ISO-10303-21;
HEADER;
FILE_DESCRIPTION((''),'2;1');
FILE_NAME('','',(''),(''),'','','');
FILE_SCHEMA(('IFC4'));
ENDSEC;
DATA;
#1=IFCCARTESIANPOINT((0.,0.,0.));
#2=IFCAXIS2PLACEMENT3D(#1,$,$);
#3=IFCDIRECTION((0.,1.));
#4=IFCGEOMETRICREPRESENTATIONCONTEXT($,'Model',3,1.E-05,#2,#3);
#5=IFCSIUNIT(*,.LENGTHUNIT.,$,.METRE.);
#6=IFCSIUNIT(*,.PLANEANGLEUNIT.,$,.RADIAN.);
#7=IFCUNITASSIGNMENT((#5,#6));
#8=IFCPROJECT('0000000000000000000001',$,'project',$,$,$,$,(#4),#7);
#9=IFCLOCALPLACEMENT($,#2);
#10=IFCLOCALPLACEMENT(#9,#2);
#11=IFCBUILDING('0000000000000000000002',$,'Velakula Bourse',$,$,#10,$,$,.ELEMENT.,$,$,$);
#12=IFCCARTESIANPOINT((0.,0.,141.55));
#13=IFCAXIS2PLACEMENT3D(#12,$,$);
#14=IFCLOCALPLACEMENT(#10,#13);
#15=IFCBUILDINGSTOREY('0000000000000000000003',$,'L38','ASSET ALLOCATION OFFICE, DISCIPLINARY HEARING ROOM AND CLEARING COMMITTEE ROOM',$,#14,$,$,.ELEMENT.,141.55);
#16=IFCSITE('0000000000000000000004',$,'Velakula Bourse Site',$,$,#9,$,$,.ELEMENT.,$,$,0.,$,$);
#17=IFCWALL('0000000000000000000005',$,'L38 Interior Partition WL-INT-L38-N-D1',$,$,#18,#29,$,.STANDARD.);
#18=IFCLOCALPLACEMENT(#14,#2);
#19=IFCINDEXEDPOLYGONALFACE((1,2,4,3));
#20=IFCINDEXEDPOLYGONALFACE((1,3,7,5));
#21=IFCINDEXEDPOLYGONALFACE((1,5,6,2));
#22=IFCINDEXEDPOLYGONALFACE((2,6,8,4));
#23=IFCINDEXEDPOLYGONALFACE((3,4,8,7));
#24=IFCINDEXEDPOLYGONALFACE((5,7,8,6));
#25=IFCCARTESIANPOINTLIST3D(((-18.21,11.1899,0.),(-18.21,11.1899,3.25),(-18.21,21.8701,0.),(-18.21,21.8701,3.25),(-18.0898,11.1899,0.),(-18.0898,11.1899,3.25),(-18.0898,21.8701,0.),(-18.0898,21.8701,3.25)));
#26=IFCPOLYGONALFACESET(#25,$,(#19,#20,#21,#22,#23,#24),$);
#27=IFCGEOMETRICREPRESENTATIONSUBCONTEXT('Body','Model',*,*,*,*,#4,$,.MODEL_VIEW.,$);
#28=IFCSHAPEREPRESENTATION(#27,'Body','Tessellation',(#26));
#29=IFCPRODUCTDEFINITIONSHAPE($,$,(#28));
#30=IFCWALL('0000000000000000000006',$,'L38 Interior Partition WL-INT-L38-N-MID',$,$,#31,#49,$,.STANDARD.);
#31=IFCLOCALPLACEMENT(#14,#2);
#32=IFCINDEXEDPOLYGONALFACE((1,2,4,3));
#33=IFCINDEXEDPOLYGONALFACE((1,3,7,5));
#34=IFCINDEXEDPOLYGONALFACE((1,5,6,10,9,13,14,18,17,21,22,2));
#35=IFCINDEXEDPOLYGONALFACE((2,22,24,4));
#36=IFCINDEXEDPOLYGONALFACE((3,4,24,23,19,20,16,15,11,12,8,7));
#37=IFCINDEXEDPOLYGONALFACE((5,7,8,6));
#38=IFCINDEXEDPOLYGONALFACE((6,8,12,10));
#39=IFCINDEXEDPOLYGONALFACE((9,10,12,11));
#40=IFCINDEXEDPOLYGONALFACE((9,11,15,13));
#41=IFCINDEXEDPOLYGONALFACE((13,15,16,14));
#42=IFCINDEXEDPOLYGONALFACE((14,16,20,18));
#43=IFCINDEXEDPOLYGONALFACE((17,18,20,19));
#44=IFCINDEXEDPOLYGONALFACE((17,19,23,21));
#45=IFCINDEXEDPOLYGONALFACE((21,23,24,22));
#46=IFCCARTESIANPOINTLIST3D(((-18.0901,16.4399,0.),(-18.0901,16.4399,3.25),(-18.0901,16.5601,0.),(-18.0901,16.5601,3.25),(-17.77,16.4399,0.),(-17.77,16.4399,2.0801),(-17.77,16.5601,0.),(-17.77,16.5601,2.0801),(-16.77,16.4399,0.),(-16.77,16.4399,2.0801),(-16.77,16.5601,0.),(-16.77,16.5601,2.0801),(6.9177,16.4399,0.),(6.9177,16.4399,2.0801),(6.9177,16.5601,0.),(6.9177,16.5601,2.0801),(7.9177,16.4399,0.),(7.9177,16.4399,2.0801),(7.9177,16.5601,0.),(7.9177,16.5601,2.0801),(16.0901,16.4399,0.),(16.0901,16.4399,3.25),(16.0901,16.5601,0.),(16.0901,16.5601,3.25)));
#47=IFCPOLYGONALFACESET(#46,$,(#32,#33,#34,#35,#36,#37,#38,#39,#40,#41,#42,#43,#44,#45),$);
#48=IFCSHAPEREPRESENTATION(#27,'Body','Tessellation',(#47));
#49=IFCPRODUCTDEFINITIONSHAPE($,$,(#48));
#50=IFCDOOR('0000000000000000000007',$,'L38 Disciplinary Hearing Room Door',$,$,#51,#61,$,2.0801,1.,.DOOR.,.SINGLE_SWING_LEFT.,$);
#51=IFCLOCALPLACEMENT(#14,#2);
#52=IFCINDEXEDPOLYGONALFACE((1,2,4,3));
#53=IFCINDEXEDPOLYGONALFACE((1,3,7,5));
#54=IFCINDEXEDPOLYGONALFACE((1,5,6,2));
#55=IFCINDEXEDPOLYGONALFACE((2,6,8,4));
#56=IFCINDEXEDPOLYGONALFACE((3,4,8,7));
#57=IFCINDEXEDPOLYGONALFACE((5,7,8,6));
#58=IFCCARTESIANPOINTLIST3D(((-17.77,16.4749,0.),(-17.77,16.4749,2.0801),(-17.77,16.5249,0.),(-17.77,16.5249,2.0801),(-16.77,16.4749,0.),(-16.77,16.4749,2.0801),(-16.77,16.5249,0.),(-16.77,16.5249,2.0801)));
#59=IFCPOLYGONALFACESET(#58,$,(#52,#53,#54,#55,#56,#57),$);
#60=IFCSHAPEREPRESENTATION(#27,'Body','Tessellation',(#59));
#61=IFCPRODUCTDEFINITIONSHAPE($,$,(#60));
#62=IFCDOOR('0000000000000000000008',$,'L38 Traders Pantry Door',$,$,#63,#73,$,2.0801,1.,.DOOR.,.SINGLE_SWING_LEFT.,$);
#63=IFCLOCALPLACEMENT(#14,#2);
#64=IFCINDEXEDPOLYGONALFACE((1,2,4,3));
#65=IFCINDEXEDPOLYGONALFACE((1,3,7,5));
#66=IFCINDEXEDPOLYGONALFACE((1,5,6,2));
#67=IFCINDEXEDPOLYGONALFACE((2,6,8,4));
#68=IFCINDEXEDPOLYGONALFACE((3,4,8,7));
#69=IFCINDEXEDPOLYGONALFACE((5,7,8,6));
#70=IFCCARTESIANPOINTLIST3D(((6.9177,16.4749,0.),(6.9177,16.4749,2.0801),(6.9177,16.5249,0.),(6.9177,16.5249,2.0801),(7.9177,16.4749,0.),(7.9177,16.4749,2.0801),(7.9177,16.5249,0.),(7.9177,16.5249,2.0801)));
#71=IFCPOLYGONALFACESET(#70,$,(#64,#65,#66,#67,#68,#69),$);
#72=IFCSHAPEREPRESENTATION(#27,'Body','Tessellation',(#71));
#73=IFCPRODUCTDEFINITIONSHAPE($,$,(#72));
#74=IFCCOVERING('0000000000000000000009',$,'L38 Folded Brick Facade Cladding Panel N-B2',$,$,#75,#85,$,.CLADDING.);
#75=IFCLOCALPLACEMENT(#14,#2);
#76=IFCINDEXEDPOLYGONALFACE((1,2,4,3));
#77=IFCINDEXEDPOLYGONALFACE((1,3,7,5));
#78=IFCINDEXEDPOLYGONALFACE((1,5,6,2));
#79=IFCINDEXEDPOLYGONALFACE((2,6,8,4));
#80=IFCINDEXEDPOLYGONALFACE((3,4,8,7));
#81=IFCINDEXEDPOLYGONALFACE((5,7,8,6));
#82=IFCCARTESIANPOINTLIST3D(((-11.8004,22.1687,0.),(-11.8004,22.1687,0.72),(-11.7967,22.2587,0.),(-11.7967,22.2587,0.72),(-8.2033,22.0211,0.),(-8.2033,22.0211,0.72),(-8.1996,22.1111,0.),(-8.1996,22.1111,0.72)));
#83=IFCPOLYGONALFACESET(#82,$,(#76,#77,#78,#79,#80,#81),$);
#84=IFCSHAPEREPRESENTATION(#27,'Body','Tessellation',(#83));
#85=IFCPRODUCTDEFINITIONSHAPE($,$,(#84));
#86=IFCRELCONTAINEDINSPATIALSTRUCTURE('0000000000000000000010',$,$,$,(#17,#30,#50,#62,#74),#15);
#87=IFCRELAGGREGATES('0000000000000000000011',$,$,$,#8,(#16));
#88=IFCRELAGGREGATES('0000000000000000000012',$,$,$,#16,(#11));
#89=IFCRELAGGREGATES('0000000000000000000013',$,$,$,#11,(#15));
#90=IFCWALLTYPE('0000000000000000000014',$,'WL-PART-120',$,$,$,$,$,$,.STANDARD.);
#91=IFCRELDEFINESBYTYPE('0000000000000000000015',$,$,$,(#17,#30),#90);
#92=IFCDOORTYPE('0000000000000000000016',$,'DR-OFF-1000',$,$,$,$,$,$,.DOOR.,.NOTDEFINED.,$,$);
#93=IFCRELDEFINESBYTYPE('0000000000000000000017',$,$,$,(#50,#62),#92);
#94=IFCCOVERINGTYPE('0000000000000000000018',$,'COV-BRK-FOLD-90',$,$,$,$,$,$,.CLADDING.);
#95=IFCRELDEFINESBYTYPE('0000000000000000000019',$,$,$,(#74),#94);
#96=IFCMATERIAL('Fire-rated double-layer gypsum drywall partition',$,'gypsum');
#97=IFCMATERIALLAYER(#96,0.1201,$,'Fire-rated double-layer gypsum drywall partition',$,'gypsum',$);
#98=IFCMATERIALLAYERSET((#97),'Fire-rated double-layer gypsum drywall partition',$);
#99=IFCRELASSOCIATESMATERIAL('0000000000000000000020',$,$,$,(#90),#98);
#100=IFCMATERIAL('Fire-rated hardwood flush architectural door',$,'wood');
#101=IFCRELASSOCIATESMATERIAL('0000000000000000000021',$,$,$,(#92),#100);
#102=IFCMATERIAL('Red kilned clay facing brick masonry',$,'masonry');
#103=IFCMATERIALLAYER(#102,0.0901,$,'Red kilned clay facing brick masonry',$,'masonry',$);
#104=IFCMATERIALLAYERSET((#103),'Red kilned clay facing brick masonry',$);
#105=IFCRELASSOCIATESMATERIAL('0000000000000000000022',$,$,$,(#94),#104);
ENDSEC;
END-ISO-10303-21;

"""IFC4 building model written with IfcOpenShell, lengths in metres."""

from ifc_helpers import new_model, si_unit, direction, frame, frame_2d, origin, origin_2d, place, context, subcontext, project, spatial, rectangle, extrude, material, layer, layer_set, type_object, element, fill, save


model = new_model("IFC4")

# Units and contexts
model_context = context("Model", 3, precision=1e-05, world=origin(), true_north=direction((0.0, 1.0)))
body_context = subcontext(model_context, "Body", "Model", "MODEL_VIEW")
ifc_project = project(units=[si_unit("LENGTHUNIT", "METRE"), si_unit("PLANEANGLEUNIT", "RADIAN")], contexts=[model_context])

# Site, building, storey
site_placement = place(None, origin())
site = spatial("IfcSite", under=ifc_project, at=site_placement, Name="Velakula Bourse Site", CompositionType="ELEMENT", RefElevation=0.0)
building_placement = place(site_placement, origin())
building = spatial("IfcBuilding", under=site, at=building_placement, Name="Velakula Bourse", CompositionType="ELEMENT")
storey_placement = place(building_placement, frame((0.0, 0.0, 141.55)))
storey = spatial("IfcBuildingStorey", under=building, at=storey_placement, Name="L38", Description="ASSET ALLOCATION OFFICE, DISCIPLINARY HEARING ROOM AND CLEARING COMMITTEE ROOM", CompositionType="ELEMENT", Elevation=141.55)

# Shared definitions
ifc_material_1 = material(Name="Red kilned clay facing brick masonry", Category="masonry")

# Wall
ifc_material_2 = material(Name="Fire-rated double-layer gypsum drywall partition", Category="gypsum")
ifc_layer_1 = layer(ifc_material_2, 0.1201, Name="Fire-rated double-layer gypsum drywall partition", Category="gypsum")
ifc_layer_set_1 = layer_set([ifc_layer_1], Name="Fire-rated double-layer gypsum drywall partition")
wall_type_1 = type_object("IfcWallType", Name="WL-PART-120", PredefinedType="STANDARD", material=ifc_layer_set_1)
wall_1_placement = place(storey_placement, frame((-18.1499, 11.1899, 0.0), z_axis=(0.0, 0.0, 1.0), x_axis=(0.0, 1.0, 0.0)))
element("IfcWall", 1, at=wall_1_placement, inside=storey, type_object=wall_type_1, Name="L38 Interior Partition WL-INT-L38-N-D1", PredefinedType="STANDARD", context=body_context, shape_type="SweptSolid", body=[
    extrude(rectangle(XDim=10.6802, YDim=0.1201, at=frame_2d((5.3401, 0.0))), origin(), (0.0, 0.0, 1.0), 3.25),
])

# Wall, openings, doors
wall_2_placement = place(storey_placement, frame((-18.0901, 16.5, 0.0), z_axis=(0.0, 0.0, 1.0), x_axis=(1.0, 0.0, 0.0)))
wall_2 = element("IfcWall", 2, at=wall_2_placement, inside=storey, type_object=wall_type_1, Name="L38 Interior Partition WL-INT-L38-N-MID", PredefinedType="STANDARD", context=body_context, shape_type="SweptSolid", body=[
    extrude(rectangle(XDim=34.1802, YDim=0.1201, at=frame_2d((17.0901, 0.0))), origin(), (0.0, 0.0, 1.0), 3.25),
])
opening_1_placement = place(wall_2_placement, frame((0.3201, 0.0, 0.0)))
opening_1 = element("IfcOpeningElement", 3, at=opening_1_placement, cuts=wall_2, PredefinedType="OPENING", context=body_context, shape_type="SweptSolid", body=[
    extrude(rectangle(XDim=1.0, YDim=2.0801, at=frame_2d((0.5, 1.04))), frame((0.0, 0.0701, 0.0), z_axis=(0.0, -1.0, 0.0), x_axis=(1.0, 0.0, 0.0)), (0.0, 0.0, 1.0), 0.1401),
])
opening_2_placement = place(wall_2_placement, frame((25.0078, 0.0, 0.0)))
opening_2 = element("IfcOpeningElement", 4, at=opening_2_placement, cuts=wall_2, PredefinedType="OPENING", context=body_context, shape_type="SweptSolid", body=[
    extrude(rectangle(XDim=1.0, YDim=2.0801, at=frame_2d((0.5, 1.04))), frame((0.0, 0.0701, 0.0), z_axis=(0.0, -1.0, 0.0), x_axis=(1.0, 0.0, 0.0)), (0.0, 0.0, 1.0), 0.1401),
])
ifc_material_3 = material(Name="Fire-rated hardwood flush architectural door", Category="wood")
door_type = type_object("IfcDoorType", Name="DR-OFF-1000", OperationType="NOTDEFINED", PredefinedType="DOOR", material=ifc_material_3)
door_1_placement = place(opening_1_placement, origin())
door_1 = element("IfcDoor", 5, at=door_1_placement, inside=storey, type_object=door_type, Name="L38 Disciplinary Hearing Room Door", OperationType="SINGLE_SWING_LEFT", OverallHeight=2.0801, OverallWidth=1.0, PredefinedType="DOOR", context=body_context, shape_type="SweptSolid", body=[
    extrude(rectangle(XDim=1.0, YDim=2.0801, at=frame_2d((0.5, 1.04))), frame((0.0, 0.0249, 0.0), z_axis=(0.0, -1.0, 0.0), x_axis=(1.0, 0.0, 0.0)), (0.0, 0.0, 1.0), 0.05),
])
fill(opening_1, door_1)
door_2_placement = place(opening_2_placement, origin())
door_2 = element("IfcDoor", 6, at=door_2_placement, inside=storey, type_object=door_type, Name="L38 Traders Pantry Door", OperationType="SINGLE_SWING_LEFT", OverallHeight=2.0801, OverallWidth=1.0, PredefinedType="DOOR", context=body_context, shape_type="SweptSolid", body=[
    extrude(rectangle(XDim=1.0, YDim=2.0801, at=frame_2d((0.5, 1.04))), frame((0.0, 0.0249, 0.0), z_axis=(0.0, -1.0, 0.0), x_axis=(1.0, 0.0, 0.0)), (0.0, 0.0, 1.0), 0.05),
])
fill(opening_2, door_2)

# Covering
ifc_layer_2 = layer(ifc_material_1, 0.0901, Name="Red kilned clay facing brick masonry", Category="masonry")
ifc_layer_set_2 = layer_set([ifc_layer_2], Name="Red kilned clay facing brick masonry")
covering_type = type_object("IfcCoveringType", Name="COV-BRK-FOLD-90", PredefinedType="CLADDING", material=ifc_layer_set_2)
covering_placement = place(storey_placement, frame((-10.0, 22.1399, 0.0), z_axis=(0.0, 0.0, 1.0), x_axis=(0.999159, -0.041004, 0.0)))
element("IfcCovering", 7, at=covering_placement, inside=storey, type_object=covering_type, Name="L38 Folded Brick Facade Cladding Panel N-B2", PredefinedType="CLADDING", context=body_context, shape_type="SweptSolid", body=[
    extrude(rectangle(XDim=3.6001, YDim=0.0901, at=origin_2d()), origin(), (0.0, 0.0, 1.0), 0.72),
])

save(model, "model.ifc")
